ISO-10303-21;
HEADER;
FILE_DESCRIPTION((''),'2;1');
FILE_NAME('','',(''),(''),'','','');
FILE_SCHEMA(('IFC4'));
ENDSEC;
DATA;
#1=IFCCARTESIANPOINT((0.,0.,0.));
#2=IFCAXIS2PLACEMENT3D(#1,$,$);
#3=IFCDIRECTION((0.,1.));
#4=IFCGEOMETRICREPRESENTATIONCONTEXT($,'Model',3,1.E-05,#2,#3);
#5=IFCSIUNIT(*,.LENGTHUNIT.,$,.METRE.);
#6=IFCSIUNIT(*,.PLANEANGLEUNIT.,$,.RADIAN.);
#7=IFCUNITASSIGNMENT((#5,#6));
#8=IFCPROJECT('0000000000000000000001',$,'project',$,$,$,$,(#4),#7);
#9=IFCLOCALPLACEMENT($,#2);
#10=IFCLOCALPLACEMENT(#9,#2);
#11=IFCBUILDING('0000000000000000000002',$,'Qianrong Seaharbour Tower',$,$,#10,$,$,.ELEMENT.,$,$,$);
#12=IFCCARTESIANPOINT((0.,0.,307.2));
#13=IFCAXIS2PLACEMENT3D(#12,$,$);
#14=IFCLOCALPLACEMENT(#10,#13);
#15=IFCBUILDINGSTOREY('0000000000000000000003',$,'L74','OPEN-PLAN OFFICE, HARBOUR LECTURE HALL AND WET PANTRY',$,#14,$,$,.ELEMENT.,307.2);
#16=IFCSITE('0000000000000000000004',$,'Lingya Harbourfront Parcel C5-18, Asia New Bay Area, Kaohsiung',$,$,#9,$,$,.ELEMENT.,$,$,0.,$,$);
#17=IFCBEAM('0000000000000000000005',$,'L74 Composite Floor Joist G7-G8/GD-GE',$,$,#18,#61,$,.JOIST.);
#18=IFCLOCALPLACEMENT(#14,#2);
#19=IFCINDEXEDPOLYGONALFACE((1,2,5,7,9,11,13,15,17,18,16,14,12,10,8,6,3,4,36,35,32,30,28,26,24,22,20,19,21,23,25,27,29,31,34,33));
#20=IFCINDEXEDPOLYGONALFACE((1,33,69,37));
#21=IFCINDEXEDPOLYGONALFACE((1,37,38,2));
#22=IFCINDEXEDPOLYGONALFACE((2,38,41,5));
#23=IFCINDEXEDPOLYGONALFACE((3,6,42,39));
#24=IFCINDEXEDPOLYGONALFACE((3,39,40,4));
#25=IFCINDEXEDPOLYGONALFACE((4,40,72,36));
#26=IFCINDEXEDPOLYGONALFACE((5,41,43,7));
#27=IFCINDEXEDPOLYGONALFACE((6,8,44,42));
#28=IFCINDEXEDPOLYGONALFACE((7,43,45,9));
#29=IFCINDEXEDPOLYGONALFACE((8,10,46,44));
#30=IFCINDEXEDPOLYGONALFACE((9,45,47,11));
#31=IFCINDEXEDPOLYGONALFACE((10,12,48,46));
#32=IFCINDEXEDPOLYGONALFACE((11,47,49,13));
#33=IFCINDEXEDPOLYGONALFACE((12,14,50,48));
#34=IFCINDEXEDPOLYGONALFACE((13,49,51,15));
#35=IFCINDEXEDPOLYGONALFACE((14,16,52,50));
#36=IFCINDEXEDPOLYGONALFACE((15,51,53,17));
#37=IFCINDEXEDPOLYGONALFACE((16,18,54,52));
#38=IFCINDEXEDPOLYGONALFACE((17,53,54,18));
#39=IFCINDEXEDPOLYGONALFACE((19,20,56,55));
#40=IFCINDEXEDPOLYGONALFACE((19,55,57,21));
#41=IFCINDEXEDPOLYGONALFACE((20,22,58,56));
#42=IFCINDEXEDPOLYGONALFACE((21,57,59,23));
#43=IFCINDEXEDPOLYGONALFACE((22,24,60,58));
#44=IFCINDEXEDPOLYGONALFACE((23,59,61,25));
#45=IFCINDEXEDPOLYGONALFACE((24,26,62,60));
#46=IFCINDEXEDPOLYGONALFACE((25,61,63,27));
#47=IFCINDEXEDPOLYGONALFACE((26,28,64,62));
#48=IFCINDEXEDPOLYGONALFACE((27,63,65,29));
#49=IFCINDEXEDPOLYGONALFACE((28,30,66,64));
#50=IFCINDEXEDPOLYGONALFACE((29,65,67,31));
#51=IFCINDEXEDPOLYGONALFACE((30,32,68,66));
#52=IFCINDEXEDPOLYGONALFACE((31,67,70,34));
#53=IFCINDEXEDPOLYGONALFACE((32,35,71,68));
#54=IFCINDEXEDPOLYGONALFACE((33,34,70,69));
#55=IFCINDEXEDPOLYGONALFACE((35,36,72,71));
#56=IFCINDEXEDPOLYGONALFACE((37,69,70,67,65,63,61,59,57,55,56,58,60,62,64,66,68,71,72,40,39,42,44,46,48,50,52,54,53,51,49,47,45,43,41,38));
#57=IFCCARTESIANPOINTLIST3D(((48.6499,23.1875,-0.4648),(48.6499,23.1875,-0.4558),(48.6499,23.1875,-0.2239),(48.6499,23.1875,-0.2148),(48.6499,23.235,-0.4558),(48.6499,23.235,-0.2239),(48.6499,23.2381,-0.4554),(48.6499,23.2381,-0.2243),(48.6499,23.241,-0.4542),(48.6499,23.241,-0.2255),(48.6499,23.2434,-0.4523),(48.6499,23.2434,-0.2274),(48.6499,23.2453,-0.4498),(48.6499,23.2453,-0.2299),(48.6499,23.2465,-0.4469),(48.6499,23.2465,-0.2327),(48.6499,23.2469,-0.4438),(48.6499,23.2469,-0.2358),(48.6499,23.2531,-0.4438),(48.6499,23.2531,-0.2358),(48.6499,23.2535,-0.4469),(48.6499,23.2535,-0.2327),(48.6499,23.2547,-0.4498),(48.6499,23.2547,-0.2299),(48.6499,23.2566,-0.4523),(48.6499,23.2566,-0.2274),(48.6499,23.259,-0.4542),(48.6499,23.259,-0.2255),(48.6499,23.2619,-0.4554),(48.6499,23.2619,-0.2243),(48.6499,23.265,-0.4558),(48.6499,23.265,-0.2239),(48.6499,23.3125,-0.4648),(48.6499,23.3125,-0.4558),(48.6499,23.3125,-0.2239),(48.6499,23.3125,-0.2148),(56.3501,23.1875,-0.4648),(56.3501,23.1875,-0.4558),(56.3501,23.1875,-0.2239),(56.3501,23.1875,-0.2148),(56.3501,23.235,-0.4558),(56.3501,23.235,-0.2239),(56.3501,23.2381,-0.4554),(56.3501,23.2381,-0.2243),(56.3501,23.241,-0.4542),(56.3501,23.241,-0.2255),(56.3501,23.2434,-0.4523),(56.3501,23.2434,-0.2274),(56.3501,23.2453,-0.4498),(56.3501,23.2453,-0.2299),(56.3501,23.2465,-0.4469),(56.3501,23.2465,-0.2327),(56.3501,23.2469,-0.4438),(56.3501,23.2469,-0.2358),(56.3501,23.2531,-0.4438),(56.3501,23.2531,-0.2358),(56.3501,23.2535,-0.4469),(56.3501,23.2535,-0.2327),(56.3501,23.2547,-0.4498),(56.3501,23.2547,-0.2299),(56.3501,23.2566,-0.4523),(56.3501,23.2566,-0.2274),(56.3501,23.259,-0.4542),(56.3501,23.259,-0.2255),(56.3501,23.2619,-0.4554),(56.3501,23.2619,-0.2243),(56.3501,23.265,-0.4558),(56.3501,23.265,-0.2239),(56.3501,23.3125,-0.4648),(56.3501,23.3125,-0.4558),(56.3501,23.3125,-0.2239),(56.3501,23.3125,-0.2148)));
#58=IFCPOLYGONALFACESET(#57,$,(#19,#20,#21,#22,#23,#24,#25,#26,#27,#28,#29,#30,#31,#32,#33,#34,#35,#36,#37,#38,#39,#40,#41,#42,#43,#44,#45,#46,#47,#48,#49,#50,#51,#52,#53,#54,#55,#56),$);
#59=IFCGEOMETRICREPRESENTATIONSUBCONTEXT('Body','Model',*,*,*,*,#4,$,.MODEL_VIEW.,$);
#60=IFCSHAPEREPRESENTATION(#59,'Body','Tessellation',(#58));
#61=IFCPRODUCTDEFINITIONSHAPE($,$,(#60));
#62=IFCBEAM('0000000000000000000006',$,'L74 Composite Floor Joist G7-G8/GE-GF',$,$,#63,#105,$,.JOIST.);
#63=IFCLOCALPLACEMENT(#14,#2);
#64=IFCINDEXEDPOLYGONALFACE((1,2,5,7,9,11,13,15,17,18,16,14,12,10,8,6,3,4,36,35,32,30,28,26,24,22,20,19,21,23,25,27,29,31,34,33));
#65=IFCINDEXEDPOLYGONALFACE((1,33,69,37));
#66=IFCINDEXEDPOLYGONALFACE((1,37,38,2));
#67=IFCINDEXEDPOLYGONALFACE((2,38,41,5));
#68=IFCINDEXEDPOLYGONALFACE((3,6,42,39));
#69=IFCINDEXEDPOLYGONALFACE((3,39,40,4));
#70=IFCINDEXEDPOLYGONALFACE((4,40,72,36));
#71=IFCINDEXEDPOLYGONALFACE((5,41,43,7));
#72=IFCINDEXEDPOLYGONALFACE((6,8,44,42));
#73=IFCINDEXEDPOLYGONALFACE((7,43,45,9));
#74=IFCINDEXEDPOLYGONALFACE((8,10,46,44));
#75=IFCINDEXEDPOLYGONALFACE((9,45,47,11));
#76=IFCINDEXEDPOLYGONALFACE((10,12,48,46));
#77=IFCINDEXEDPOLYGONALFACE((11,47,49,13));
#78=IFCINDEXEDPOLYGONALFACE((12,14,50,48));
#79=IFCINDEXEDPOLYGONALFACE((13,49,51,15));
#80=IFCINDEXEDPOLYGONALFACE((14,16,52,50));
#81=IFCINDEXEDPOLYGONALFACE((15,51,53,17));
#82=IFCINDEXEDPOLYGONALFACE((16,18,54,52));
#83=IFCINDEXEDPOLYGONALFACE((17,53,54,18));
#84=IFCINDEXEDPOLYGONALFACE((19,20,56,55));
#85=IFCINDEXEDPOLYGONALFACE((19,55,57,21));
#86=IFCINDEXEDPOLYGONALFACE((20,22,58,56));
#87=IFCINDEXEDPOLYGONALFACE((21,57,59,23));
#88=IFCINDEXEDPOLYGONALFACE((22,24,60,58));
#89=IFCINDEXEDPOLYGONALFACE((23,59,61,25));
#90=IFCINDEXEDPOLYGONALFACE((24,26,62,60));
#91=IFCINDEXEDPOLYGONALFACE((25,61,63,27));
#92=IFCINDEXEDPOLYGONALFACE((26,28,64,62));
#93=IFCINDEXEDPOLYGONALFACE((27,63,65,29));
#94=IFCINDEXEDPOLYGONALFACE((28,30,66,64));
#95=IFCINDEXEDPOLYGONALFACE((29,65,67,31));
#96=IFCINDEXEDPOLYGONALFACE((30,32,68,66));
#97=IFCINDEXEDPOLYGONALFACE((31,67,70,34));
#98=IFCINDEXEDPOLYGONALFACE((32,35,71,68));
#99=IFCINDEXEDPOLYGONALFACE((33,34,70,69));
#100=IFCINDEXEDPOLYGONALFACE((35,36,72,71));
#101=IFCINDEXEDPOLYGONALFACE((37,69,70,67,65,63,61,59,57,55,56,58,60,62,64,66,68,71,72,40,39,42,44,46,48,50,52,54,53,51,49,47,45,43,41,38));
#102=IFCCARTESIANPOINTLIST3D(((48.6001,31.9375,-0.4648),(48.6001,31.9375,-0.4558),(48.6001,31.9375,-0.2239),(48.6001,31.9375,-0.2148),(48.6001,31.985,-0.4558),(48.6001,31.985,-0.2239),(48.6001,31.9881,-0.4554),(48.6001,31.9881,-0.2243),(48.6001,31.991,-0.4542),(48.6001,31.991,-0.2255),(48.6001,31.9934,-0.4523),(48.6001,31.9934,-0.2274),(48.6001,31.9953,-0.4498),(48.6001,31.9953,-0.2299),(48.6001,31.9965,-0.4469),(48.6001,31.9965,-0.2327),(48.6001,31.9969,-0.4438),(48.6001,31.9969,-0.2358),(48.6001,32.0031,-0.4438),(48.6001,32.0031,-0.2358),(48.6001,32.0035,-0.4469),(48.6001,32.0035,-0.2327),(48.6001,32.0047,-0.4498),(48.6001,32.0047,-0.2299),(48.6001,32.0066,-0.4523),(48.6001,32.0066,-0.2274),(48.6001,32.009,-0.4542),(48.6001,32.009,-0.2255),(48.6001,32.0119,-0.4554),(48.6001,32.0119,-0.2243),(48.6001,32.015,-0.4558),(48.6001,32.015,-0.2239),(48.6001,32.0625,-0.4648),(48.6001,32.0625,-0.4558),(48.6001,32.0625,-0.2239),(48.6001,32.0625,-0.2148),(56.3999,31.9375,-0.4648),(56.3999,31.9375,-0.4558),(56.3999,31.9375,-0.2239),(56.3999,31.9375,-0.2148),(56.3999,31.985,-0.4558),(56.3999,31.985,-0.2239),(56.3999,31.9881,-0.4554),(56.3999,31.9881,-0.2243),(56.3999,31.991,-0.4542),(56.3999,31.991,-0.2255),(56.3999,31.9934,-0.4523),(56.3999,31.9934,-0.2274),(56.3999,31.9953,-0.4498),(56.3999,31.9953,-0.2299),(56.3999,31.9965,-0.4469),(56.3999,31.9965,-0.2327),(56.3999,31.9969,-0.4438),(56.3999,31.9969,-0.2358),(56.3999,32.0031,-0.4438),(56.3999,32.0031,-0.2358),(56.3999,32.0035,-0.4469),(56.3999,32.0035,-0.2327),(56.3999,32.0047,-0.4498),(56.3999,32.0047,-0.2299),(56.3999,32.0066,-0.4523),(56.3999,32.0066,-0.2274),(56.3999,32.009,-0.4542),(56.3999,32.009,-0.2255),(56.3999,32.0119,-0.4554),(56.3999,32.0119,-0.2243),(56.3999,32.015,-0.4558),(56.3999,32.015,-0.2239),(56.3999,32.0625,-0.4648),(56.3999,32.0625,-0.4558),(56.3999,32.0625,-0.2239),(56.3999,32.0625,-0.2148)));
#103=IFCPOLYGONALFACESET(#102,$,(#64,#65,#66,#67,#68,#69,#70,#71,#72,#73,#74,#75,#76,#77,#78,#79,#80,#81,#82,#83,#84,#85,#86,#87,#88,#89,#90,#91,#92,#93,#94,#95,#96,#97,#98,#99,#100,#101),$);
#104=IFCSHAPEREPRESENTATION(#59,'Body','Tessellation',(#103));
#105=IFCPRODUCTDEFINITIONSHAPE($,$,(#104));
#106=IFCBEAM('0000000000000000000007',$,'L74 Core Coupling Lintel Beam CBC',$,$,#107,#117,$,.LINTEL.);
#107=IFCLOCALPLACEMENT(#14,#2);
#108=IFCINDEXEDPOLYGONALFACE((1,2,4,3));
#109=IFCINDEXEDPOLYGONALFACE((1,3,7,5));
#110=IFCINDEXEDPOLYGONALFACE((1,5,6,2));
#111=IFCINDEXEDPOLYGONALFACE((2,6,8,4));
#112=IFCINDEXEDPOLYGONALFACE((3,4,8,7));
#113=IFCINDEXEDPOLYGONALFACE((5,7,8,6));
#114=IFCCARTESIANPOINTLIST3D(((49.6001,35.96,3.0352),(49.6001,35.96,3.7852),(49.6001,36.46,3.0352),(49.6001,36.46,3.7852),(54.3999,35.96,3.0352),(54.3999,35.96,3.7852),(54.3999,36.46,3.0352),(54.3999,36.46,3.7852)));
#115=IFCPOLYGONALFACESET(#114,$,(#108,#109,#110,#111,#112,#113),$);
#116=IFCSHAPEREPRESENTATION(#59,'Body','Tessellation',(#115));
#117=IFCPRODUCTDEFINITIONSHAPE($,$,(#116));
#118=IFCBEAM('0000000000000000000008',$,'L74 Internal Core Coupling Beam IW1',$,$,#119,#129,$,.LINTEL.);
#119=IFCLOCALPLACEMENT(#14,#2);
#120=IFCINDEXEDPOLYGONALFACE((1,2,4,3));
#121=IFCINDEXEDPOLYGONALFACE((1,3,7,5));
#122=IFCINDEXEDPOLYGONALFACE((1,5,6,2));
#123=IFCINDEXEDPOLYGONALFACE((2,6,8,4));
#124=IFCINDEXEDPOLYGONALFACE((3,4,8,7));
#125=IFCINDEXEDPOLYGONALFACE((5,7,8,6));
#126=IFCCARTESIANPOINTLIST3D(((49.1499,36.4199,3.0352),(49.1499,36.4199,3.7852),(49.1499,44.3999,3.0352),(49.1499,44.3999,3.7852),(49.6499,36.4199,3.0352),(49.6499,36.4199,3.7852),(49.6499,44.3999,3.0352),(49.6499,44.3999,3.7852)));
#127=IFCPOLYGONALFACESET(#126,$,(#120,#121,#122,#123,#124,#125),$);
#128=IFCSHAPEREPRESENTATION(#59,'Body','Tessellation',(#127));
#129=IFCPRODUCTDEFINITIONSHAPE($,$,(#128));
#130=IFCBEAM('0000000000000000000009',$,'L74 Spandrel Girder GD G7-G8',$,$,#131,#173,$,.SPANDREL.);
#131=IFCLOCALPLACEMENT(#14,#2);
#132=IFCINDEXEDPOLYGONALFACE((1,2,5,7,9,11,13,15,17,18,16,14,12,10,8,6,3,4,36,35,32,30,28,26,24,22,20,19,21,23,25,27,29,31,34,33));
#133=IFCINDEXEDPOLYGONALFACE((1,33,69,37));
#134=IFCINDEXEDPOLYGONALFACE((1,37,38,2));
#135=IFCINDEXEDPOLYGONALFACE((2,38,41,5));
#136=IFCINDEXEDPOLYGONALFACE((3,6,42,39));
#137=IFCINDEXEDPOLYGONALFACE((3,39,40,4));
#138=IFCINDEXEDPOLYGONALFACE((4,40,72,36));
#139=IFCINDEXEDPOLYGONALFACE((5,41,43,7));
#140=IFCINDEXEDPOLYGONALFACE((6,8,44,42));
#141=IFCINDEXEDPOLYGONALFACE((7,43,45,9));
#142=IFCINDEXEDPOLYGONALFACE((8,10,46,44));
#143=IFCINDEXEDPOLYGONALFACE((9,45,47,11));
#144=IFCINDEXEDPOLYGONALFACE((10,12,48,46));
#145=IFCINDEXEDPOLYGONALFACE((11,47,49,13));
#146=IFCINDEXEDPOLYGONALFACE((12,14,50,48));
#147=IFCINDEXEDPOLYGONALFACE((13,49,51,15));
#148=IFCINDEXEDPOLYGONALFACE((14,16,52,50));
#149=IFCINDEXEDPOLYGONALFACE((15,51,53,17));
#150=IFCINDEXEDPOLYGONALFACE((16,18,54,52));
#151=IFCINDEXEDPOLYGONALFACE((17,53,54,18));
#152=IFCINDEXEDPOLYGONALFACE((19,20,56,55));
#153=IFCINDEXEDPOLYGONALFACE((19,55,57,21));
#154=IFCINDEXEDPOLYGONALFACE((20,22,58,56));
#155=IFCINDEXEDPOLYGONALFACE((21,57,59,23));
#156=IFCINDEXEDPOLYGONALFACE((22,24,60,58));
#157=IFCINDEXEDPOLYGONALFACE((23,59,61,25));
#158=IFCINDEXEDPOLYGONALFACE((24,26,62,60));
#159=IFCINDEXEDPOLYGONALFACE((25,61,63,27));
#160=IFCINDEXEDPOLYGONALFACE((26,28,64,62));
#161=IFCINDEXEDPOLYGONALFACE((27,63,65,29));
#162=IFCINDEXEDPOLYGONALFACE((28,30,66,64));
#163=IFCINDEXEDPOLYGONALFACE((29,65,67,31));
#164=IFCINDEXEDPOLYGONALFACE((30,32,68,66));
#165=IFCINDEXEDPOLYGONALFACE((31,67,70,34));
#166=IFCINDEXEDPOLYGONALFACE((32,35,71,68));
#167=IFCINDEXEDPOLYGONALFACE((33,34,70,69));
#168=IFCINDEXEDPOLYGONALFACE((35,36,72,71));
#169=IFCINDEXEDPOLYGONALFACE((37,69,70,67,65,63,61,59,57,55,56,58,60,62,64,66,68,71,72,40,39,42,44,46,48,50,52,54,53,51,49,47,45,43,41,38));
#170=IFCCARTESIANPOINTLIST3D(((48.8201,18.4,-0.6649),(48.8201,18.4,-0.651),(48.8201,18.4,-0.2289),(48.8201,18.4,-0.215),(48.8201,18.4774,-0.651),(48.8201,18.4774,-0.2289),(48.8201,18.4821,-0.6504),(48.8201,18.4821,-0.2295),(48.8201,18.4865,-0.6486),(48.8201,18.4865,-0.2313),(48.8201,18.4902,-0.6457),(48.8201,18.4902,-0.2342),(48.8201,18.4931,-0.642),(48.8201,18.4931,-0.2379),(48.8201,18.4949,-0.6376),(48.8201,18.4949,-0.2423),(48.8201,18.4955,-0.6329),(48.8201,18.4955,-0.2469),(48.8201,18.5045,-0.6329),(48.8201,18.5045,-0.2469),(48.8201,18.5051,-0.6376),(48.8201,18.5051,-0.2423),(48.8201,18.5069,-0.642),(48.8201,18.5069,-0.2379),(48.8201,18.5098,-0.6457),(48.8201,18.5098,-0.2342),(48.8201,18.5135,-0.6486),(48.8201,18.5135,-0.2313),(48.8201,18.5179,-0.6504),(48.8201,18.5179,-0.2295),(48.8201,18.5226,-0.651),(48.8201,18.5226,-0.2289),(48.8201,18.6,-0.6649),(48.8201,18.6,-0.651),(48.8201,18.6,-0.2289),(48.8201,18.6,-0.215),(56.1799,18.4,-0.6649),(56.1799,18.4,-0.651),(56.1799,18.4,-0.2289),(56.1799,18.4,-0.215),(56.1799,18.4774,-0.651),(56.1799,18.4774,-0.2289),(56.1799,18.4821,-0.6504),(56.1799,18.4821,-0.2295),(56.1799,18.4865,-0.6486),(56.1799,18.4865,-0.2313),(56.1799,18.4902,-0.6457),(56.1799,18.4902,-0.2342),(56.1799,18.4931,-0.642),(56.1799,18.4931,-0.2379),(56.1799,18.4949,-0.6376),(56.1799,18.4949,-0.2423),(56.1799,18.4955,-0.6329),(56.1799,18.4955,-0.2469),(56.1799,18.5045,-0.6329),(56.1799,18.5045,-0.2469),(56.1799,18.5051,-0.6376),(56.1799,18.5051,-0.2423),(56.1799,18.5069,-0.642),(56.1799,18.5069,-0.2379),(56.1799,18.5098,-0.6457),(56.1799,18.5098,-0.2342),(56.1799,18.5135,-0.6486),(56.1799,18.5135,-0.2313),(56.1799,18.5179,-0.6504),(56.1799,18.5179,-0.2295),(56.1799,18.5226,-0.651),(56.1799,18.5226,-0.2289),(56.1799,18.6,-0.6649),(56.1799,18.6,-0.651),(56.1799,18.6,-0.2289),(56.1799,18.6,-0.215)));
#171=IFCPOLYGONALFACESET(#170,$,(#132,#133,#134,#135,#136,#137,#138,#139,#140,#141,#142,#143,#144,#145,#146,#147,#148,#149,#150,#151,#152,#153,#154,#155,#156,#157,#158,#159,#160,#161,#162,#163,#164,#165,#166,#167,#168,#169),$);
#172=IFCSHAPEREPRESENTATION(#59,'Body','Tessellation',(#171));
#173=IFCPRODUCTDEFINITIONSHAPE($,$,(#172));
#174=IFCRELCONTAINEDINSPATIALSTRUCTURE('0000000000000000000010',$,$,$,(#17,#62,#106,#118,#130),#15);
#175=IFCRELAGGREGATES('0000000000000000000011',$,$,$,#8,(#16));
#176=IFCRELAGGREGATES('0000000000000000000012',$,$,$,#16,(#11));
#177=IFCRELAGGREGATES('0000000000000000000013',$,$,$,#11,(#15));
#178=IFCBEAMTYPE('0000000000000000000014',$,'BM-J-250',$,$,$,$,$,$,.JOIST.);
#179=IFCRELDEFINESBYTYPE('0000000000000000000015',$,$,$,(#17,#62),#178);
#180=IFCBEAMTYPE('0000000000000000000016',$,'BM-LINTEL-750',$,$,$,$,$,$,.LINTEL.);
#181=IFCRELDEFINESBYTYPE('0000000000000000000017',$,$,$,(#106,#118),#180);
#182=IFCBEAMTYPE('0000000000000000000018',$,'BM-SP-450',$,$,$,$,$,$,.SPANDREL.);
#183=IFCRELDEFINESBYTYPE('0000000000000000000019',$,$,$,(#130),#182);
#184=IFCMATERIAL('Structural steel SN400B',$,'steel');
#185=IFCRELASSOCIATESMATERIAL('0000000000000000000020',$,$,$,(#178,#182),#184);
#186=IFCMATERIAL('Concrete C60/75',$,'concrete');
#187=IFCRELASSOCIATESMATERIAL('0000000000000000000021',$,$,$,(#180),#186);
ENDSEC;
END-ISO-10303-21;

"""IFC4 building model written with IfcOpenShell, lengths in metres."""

from ifc_helpers import new_model, si_unit, direction, frame, origin, origin_2d, place, context, subcontext, project, spatial, rectangle, i_section, extrude, material, material_profile, profile_set, type_object, element, save


model = new_model("IFC4")

# Units and contexts
model_context = context("Model", 3, precision=1e-05, world=origin(), true_north=direction((0.0, 1.0)))
body_context = subcontext(model_context, "Body", "Model", "MODEL_VIEW")
ifc_project = project(units=[si_unit("LENGTHUNIT", "METRE"), si_unit("PLANEANGLEUNIT", "RADIAN")], contexts=[model_context])

# Site, building, storey
site_placement = place(None, origin())
site = spatial("IfcSite", under=ifc_project, at=site_placement, Name="Lingya Harbourfront Parcel C5-18, Asia New Bay Area, Kaohsiung", CompositionType="ELEMENT", RefElevation=0.0)
building_placement = place(site_placement, origin())
building = spatial("IfcBuilding", under=site, at=building_placement, Name="Qianrong Seaharbour Tower", CompositionType="ELEMENT")
storey_placement = place(building_placement, frame((0.0, 0.0, 307.2)))
storey = spatial("IfcBuildingStorey", under=building, at=storey_placement, Name="L74", Description="OPEN-PLAN OFFICE, HARBOUR LECTURE HALL AND WET PANTRY", CompositionType="ELEMENT", Elevation=307.2)

# Shared definitions
ifc_material_1 = material(Name="Structural steel SN400B", Category="steel")

# Beams
ifc_material_profile_1 = material_profile(ifc_material_1, i_section(OverallWidth=0.125, OverallDepth=0.25, WebThickness=0.0061, FlangeThickness=0.009, FilletRadius=0.012, at=origin_2d()), Name="H250x125x6x9")
ifc_profile_set_1 = profile_set([ifc_material_profile_1], Name="Structural steel SN400B")
beam_type_1 = type_object("IfcBeamType", Name="BM-J-250", PredefinedType="JOIST", material=ifc_profile_set_1)
beam_1_placement = place(storey_placement, frame((48.6499, 23.25, -0.3398), z_axis=(1.0, 0.0, 0.0), x_axis=(0.0, 1.0, 0.0)))
element("IfcBeam", 1, at=beam_1_placement, inside=storey, type_object=beam_type_1, Name="L74 Composite Floor Joist G7-G8/GD-GE", PredefinedType="JOIST", context=body_context, shape_type="SweptSolid", body=[
    extrude(i_section(OverallWidth=0.125, OverallDepth=0.25, WebThickness=0.0061, FlangeThickness=0.009, FilletRadius=0.012, at=origin_2d()), origin(), (0.0, 0.0, 1.0), 7.7002),
])
beam_2_placement = place(storey_placement, frame((48.6001, 32.0, -0.3398), z_axis=(1.0, 0.0, 0.0), x_axis=(0.0, 1.0, 0.0)))
element("IfcBeam", 2, at=beam_2_placement, inside=storey, type_object=beam_type_1, Name="L74 Composite Floor Joist G7-G8/GE-GF", PredefinedType="JOIST", context=body_context, shape_type="SweptSolid", body=[
    extrude(i_section(OverallWidth=0.125, OverallDepth=0.25, WebThickness=0.0061, FlangeThickness=0.009, FilletRadius=0.012, at=origin_2d()), origin(), (0.0, 0.0, 1.0), 7.7998),
])
ifc_material_2 = material(Name="Concrete C60/75", Category="concrete")
ifc_material_profile_2 = material_profile(ifc_material_2, rectangle(XDim=0.5, YDim=0.75, at=origin_2d()), Name="RC500x750")
ifc_profile_set_2 = profile_set([ifc_material_profile_2], Name="Concrete C60/75")
beam_type_2 = type_object("IfcBeamType", Name="BM-LINTEL-750", PredefinedType="LINTEL", material=ifc_profile_set_2)
beam_3_placement = place(storey_placement, frame((49.6001, 36.21, 3.4102), z_axis=(1.0, 0.0, 0.0), x_axis=(0.0, 1.0, 0.0)))
element("IfcBeam", 3, at=beam_3_placement, inside=storey, type_object=beam_type_2, Name="L74 Core Coupling Lintel Beam CBC", PredefinedType="LINTEL", context=body_context, shape_type="SweptSolid", body=[
    extrude(rectangle(XDim=0.5, YDim=0.75, at=origin_2d()), origin(), (0.0, 0.0, 1.0), 4.7998),
])
beam_4_placement = place(storey_placement, frame((49.3999, 36.4199, 3.4102), z_axis=(0.0, 1.0, 0.0), x_axis=(-1.0, 0.0, 0.0)))
element("IfcBeam", 4, at=beam_4_placement, inside=storey, type_object=beam_type_2, Name="L74 Internal Core Coupling Beam IW1", PredefinedType="LINTEL", context=body_context, shape_type="SweptSolid", body=[
    extrude(rectangle(XDim=0.5, YDim=0.75, at=origin_2d()), origin(), (0.0, 0.0, 1.0), 7.98),
])
ifc_material_profile_3 = material_profile(ifc_material_1, i_section(OverallWidth=0.2, OverallDepth=0.45, WebThickness=0.009, FlangeThickness=0.0139, FilletRadius=0.0181, at=origin_2d()), Name="H450x200x9x14")
ifc_profile_set_3 = profile_set([ifc_material_profile_3], Name="Structural steel SN400B")
beam_type_3 = type_object("IfcBeamType", Name="BM-SP-450", PredefinedType="SPANDREL", material=ifc_profile_set_3)
beam_5_placement = place(storey_placement, frame((48.8201, 18.5, -0.4399), z_axis=(1.0, 0.0, 0.0), x_axis=(0.0, 1.0, 0.0)))
element("IfcBeam", 5, at=beam_5_placement, inside=storey, type_object=beam_type_3, Name="L74 Spandrel Girder GD G7-G8", PredefinedType="SPANDREL", context=body_context, shape_type="SweptSolid", body=[
    extrude(i_section(OverallWidth=0.2, OverallDepth=0.45, WebThickness=0.009, FlangeThickness=0.0139, FilletRadius=0.0181, at=origin_2d()), origin(), (0.0, 0.0, 1.0), 7.3599),
])

save(model, "model.ifc")
